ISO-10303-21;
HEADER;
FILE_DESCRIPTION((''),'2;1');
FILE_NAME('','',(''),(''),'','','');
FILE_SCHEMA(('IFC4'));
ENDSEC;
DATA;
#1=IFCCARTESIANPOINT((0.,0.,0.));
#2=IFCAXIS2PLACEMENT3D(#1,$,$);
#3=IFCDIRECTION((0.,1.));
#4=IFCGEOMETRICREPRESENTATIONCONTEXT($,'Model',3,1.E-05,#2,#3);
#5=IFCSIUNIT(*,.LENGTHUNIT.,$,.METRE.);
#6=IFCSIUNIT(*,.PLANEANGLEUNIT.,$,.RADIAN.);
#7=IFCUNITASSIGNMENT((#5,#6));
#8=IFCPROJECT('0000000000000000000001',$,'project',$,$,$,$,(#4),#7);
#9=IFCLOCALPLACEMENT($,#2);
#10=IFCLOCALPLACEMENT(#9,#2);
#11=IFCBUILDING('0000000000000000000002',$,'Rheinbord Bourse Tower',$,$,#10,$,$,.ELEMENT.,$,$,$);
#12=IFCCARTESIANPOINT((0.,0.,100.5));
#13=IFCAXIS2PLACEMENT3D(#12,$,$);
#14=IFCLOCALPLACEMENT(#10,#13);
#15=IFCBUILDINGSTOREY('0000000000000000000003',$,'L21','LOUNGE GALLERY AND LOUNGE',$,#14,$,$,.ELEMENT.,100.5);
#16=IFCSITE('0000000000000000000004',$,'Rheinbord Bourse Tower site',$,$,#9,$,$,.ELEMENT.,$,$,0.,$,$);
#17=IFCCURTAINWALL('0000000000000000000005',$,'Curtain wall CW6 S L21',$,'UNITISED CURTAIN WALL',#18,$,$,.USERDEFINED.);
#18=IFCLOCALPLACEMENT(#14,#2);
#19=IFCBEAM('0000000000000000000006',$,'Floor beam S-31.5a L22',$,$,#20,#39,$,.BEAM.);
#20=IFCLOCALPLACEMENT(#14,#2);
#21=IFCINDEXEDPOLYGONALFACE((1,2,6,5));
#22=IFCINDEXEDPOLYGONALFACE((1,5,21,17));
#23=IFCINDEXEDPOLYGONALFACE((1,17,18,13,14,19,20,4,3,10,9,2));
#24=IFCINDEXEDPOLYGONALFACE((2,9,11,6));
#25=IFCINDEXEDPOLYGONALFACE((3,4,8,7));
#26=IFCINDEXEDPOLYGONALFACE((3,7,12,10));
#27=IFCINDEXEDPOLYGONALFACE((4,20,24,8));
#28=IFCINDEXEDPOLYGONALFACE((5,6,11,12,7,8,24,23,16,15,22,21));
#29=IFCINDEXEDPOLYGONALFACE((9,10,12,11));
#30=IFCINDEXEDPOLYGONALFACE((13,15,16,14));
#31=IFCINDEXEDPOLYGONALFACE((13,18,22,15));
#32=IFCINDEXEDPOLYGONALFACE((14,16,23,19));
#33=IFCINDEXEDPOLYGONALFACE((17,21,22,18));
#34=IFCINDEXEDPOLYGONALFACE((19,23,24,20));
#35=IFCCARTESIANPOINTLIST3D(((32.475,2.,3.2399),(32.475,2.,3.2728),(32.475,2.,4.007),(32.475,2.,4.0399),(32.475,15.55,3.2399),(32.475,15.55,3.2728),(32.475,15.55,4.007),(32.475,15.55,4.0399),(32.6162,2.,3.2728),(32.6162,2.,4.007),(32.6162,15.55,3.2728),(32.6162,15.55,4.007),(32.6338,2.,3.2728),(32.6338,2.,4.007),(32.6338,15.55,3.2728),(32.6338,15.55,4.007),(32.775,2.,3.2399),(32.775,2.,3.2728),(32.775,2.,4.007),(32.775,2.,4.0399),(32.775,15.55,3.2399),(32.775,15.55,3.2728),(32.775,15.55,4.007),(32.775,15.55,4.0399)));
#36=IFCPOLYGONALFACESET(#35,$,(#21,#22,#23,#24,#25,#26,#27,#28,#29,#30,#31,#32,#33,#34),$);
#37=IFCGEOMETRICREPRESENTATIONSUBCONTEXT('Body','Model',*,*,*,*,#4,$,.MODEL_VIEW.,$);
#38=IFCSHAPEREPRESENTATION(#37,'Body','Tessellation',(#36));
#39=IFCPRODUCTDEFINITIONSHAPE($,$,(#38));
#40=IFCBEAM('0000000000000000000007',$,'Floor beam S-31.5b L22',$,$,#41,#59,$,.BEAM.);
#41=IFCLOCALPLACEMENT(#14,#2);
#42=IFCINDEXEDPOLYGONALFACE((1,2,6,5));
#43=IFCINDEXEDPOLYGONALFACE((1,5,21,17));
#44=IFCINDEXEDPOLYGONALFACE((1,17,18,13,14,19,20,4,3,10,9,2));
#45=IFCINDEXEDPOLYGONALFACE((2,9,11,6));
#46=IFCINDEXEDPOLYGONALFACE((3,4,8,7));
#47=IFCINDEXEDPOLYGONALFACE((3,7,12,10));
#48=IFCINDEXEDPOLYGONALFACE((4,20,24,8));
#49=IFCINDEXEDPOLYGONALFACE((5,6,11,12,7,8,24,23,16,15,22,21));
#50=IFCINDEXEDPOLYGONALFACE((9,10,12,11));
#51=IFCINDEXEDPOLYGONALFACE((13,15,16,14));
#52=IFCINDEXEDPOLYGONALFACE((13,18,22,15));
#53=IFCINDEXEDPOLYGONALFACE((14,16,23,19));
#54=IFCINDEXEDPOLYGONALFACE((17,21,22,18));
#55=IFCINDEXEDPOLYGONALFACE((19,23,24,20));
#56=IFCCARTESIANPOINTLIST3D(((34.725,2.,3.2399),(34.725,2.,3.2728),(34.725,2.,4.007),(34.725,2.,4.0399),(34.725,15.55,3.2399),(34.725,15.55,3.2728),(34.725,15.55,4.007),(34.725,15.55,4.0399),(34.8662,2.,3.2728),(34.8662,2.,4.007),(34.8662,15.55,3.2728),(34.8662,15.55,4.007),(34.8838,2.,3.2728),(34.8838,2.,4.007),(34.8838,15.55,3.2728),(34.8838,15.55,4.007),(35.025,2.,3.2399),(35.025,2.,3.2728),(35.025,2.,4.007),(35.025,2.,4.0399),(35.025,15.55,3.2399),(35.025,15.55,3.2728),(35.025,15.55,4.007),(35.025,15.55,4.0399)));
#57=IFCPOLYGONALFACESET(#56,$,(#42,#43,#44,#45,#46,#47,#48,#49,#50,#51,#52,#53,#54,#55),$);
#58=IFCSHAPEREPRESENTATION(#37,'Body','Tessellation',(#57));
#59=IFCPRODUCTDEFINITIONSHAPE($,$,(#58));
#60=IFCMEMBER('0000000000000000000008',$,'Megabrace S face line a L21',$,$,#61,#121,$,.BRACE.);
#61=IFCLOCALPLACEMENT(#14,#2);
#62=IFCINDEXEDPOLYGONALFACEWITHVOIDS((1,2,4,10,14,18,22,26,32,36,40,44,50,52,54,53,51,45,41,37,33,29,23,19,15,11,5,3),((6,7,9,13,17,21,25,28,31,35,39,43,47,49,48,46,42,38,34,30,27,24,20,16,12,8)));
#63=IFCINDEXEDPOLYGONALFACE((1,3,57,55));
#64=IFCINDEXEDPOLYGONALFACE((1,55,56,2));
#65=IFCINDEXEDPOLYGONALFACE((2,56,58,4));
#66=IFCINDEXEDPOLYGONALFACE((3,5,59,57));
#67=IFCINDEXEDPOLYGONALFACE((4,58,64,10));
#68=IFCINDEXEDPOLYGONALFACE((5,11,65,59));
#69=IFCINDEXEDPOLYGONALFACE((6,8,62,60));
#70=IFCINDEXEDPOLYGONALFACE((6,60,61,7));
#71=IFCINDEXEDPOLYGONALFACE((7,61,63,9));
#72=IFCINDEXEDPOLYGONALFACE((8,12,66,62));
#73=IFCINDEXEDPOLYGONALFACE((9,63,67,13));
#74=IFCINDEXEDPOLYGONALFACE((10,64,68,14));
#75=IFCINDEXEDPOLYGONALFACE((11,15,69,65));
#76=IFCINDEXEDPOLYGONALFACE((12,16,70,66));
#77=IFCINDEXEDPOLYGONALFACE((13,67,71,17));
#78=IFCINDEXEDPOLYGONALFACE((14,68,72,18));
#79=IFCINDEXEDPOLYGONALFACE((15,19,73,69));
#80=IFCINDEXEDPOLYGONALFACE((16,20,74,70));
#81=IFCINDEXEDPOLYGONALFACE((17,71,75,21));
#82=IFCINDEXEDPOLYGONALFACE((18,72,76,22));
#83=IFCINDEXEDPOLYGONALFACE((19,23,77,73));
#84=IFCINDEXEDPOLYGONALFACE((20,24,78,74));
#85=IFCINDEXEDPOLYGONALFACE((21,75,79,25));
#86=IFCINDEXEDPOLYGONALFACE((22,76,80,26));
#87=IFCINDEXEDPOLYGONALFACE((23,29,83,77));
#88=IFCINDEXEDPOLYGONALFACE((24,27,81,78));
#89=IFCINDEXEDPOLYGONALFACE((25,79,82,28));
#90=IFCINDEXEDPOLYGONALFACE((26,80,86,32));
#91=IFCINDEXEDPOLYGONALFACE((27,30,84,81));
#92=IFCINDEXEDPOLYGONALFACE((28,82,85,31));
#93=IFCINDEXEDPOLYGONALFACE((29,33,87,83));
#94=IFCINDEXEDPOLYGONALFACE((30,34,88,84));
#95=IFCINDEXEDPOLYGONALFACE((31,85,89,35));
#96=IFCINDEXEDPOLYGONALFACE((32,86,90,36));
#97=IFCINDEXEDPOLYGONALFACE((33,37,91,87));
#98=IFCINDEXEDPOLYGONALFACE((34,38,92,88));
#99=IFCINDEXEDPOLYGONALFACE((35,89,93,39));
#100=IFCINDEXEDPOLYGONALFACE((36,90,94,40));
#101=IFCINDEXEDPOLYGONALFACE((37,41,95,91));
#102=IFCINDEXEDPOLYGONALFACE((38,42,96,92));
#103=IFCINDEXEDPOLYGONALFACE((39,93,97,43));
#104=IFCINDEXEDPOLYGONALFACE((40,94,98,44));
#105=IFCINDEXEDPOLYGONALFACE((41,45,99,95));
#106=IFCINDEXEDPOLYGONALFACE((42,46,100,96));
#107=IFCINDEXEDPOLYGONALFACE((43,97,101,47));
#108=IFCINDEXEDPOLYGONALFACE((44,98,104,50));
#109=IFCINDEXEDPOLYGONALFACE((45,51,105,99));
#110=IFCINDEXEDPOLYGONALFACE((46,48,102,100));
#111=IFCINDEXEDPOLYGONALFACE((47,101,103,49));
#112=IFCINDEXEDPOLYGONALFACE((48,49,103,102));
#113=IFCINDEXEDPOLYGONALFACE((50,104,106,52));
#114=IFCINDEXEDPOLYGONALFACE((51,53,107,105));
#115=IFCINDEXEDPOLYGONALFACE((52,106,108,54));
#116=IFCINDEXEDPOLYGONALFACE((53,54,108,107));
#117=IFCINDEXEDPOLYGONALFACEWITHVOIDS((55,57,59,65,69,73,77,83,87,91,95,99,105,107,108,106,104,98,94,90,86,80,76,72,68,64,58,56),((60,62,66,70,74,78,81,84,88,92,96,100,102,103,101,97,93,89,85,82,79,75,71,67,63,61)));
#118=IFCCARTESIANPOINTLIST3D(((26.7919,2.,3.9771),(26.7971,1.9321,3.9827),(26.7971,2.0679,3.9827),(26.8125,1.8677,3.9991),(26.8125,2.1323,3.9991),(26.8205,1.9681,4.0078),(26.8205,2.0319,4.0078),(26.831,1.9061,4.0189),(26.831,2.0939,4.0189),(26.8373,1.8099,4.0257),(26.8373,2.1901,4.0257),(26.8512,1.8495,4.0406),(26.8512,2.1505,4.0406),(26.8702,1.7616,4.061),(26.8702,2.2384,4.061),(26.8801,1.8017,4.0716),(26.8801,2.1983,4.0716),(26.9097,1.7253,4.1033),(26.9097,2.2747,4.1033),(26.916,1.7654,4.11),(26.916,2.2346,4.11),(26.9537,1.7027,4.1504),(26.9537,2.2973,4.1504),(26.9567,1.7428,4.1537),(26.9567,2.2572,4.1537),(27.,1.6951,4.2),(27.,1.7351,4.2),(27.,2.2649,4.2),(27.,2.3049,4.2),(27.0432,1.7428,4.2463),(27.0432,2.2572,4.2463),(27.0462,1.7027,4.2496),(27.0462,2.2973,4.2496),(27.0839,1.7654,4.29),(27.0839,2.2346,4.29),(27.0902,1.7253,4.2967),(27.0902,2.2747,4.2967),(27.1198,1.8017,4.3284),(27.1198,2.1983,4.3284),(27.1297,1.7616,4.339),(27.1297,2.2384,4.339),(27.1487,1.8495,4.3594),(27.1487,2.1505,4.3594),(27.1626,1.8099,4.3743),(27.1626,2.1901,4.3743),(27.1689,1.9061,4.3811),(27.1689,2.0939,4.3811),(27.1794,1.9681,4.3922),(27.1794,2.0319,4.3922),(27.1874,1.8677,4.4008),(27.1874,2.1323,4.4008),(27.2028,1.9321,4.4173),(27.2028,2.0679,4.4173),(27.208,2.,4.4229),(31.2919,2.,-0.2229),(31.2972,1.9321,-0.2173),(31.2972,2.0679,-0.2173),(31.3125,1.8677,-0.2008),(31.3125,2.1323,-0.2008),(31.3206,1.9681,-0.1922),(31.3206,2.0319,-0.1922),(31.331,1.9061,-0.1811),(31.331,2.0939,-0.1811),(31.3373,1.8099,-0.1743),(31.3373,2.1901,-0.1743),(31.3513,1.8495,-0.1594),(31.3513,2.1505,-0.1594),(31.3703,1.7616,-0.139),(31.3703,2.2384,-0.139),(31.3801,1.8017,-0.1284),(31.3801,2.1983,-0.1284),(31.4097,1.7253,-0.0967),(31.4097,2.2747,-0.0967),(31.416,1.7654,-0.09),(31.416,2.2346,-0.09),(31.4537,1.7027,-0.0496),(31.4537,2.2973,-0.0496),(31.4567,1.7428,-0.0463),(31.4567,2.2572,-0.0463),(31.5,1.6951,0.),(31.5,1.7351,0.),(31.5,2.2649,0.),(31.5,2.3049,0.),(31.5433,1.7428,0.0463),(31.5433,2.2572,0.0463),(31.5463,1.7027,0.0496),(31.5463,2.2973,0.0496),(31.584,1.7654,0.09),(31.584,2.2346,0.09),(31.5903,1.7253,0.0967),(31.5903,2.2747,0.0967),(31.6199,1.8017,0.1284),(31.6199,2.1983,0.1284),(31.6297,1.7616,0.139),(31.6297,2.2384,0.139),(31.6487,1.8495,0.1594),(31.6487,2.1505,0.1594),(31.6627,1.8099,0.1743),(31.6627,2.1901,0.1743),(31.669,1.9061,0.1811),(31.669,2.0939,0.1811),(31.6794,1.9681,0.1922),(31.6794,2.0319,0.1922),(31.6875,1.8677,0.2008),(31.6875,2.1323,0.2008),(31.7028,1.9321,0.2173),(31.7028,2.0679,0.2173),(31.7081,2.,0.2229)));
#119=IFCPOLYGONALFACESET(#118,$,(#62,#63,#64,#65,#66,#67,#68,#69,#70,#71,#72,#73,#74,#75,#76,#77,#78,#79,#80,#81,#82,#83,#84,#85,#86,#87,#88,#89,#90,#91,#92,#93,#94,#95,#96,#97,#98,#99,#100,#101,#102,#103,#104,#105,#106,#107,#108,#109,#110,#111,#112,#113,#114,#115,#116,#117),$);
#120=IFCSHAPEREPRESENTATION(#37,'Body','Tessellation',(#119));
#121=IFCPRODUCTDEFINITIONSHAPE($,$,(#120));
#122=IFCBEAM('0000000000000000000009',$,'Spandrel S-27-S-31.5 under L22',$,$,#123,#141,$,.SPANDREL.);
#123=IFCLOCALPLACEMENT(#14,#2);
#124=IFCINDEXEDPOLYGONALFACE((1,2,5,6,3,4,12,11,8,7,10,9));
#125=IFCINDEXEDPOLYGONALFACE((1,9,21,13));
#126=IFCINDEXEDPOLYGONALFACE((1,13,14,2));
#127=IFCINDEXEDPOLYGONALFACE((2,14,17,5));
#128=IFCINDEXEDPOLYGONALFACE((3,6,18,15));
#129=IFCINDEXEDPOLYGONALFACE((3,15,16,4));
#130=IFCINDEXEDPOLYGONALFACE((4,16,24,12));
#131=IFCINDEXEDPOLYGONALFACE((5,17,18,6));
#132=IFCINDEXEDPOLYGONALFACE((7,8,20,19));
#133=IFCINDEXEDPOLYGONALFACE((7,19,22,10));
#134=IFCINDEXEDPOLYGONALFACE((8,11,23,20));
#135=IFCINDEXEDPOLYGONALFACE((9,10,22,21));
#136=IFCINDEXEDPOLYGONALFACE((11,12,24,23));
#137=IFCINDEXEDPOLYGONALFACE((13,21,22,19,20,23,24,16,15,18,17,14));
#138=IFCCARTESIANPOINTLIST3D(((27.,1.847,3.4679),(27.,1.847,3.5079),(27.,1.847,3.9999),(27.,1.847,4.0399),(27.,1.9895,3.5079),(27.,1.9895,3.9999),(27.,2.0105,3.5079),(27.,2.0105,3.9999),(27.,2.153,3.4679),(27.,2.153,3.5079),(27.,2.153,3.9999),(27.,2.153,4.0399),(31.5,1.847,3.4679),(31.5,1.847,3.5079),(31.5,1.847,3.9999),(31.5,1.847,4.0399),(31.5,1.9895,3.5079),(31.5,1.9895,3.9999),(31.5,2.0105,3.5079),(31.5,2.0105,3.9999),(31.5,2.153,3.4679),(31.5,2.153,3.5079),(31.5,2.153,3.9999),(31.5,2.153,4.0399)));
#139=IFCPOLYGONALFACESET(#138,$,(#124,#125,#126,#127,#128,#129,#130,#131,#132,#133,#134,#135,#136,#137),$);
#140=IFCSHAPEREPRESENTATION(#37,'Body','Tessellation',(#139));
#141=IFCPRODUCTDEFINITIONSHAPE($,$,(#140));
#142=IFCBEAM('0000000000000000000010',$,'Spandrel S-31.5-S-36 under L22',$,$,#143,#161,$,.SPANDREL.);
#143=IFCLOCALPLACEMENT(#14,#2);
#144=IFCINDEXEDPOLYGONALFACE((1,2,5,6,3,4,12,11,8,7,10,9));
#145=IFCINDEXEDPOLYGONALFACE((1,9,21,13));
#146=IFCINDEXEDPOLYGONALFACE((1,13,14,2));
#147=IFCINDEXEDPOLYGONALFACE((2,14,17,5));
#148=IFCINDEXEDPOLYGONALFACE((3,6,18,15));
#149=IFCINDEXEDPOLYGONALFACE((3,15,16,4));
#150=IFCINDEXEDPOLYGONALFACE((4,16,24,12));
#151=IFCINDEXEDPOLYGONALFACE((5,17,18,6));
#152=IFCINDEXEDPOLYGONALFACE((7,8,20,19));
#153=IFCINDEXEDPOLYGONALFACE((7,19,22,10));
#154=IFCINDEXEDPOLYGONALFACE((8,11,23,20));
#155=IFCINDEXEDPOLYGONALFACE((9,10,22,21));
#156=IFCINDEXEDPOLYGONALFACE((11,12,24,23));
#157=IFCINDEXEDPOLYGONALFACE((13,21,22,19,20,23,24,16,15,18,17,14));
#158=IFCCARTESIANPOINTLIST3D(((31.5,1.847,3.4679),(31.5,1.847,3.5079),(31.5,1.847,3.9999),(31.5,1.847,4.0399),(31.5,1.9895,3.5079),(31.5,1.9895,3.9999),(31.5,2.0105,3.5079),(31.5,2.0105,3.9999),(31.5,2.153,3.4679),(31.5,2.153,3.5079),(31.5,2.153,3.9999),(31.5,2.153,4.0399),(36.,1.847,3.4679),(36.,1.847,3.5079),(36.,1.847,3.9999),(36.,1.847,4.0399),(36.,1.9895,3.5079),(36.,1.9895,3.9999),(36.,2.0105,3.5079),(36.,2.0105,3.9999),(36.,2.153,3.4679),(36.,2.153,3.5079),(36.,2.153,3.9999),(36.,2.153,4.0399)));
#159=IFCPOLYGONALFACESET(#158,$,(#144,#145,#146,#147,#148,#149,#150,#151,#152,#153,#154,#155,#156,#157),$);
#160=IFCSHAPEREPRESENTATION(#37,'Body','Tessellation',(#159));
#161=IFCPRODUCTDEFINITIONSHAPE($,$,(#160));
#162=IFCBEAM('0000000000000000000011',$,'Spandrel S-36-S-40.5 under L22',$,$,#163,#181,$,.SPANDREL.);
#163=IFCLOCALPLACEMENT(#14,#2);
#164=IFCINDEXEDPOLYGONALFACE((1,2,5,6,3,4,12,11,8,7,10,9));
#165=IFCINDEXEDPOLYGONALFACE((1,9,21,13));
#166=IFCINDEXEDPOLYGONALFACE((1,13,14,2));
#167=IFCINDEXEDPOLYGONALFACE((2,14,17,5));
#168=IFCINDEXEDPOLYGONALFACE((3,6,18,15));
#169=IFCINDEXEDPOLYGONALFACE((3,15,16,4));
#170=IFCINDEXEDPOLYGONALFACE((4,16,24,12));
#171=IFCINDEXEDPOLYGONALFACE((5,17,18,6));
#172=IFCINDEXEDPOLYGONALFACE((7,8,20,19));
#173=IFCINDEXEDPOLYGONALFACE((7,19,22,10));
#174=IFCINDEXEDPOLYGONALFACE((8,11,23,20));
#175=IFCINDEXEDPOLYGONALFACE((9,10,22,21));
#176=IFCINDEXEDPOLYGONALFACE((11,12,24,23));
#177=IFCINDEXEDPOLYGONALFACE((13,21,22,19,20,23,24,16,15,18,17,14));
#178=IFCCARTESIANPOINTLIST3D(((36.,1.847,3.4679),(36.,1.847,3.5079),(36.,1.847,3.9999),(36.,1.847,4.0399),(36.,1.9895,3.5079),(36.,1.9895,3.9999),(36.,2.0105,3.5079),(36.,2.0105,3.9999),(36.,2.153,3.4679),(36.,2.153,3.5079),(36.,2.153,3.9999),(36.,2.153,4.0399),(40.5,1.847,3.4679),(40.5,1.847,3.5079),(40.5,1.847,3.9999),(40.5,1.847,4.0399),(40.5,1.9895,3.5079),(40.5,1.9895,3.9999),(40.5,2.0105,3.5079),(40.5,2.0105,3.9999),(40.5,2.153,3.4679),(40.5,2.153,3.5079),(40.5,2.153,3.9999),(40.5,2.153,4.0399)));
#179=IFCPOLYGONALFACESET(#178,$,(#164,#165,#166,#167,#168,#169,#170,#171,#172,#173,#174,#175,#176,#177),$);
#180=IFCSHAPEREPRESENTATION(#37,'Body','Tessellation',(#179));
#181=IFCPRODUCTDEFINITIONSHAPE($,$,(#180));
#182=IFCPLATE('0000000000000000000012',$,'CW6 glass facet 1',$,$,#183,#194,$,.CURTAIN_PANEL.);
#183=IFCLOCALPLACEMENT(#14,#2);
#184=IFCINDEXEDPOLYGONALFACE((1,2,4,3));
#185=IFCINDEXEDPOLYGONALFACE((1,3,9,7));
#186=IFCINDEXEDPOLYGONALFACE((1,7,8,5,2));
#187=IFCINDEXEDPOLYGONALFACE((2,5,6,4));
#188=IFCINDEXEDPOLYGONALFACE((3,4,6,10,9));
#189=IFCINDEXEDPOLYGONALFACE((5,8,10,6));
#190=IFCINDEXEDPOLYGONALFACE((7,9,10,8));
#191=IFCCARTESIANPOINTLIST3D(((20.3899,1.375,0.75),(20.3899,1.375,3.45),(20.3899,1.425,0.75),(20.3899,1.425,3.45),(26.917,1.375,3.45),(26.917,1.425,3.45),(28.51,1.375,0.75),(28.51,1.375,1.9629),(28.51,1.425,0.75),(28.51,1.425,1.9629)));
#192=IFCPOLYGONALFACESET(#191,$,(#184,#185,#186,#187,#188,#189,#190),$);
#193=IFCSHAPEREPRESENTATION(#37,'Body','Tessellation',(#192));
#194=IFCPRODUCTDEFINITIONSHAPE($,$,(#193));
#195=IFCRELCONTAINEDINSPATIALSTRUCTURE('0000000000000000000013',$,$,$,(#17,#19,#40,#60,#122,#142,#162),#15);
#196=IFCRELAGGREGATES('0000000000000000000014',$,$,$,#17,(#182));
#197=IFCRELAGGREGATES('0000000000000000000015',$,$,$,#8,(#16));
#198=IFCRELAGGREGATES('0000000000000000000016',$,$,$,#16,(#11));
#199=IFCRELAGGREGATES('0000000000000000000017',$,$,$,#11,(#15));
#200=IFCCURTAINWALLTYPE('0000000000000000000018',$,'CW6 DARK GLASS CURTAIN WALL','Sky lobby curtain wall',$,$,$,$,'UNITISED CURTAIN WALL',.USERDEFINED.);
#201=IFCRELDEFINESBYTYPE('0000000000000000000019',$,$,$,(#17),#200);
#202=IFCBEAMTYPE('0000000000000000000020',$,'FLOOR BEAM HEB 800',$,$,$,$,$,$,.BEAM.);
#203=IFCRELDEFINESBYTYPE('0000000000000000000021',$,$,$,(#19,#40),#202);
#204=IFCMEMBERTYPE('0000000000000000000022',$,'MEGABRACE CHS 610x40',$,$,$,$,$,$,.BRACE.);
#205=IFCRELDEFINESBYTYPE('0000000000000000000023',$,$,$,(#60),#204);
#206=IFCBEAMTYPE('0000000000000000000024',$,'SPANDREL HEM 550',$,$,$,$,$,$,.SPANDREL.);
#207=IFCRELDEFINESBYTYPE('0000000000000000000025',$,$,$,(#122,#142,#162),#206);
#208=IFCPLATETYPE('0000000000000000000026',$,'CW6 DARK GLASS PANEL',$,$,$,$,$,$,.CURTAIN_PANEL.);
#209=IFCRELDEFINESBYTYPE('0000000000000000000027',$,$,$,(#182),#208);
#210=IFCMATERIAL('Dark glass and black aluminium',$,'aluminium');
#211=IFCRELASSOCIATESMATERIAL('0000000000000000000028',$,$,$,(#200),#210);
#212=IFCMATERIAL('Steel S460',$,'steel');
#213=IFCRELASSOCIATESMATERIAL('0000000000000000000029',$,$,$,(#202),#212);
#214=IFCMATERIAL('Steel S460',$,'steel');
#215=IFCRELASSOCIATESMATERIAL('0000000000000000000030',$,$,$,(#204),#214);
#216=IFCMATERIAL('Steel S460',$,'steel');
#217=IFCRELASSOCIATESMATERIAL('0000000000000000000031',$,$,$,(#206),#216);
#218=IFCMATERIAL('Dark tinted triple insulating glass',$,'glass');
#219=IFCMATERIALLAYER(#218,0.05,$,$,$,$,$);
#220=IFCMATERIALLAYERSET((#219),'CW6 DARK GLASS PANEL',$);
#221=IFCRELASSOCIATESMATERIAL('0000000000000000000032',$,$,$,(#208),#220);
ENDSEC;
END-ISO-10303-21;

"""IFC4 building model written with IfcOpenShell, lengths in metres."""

from ifc_helpers import new_model, si_unit, direction, frame, origin, origin_2d, place, context, subcontext, project, spatial, polyline, hollow_circle, i_section, outline, extrude, material, layer, layer_set, material_profile, profile_set, type_object, element, aggregate, save


model = new_model("IFC4")

# Units and contexts
model_context = context("Model", 3, precision=1e-05, world=origin(), true_north=direction((0.0, 1.0)))
body_context = subcontext(model_context, "Body", "Model", "MODEL_VIEW")
ifc_project = project(units=[si_unit("LENGTHUNIT", "METRE"), si_unit("PLANEANGLEUNIT", "RADIAN")], contexts=[model_context])

# Site, building, storey
site_placement = place(None, origin())
site = spatial("IfcSite", under=ifc_project, at=site_placement, Name="Rheinbord Bourse Tower site", CompositionType="ELEMENT", RefElevation=0.0)
building_placement = place(site_placement, origin())
building = spatial("IfcBuilding", under=site, at=building_placement, Name="Rheinbord Bourse Tower", CompositionType="ELEMENT")
storey_placement = place(building_placement, frame((0.0, 0.0, 100.5)))
storey = spatial("IfcBuildingStorey", under=building, at=storey_placement, Name="L21", Description="LOUNGE GALLERY AND LOUNGE", CompositionType="ELEMENT", Elevation=100.5)

# Curtain wall
ifc_material_1 = material(Name="Dark glass and black aluminium", Category="aluminium")
curtain_wall_type = type_object("IfcCurtainWallType", Name="CW6 DARK GLASS CURTAIN WALL", Description="Sky lobby curtain wall", ElementType="UNITISED CURTAIN WALL", PredefinedType="USERDEFINED", material=ifc_material_1)
curtain_wall_placement = place(storey_placement, origin())
curtain_wall = element("IfcCurtainWall", 1, at=curtain_wall_placement, inside=storey, type_object=curtain_wall_type, Name="Curtain wall CW6 S L21", ObjectType="UNITISED CURTAIN WALL", PredefinedType="USERDEFINED")

# Beams
ifc_material_2 = material(Name="Steel S460", Category="steel")
ifc_material_profile_1 = material_profile(ifc_material_2, i_section(OverallWidth=0.3, OverallDepth=0.8, WebThickness=0.0176, FlangeThickness=0.033, at=origin_2d()), Name="HEB 800")
ifc_profile_set_1 = profile_set([ifc_material_profile_1], Name="Steel S460")
beam_type_1 = type_object("IfcBeamType", Name="FLOOR BEAM HEB 800", PredefinedType="BEAM", material=ifc_profile_set_1)
for number, where, z_axis, x_axis, name in (
    (2, (32.625, 2.0, 3.6399), (0.0, 1.0, 0.0), (-1.0, 0.0, 0.0), "Floor beam S-31.5a L22"),
    (3, (34.875, 2.0, 3.6399), (0.0, 1.0, 0.0), (-1.0, 0.0, 0.0), "Floor beam S-31.5b L22"),
):
    element("IfcBeam", number, at=place(storey_placement, frame(where, z_axis=z_axis, x_axis=x_axis)), inside=storey, type_object=beam_type_1, Name=name, PredefinedType="BEAM", context=body_context, shape_type="SweptSolid", body=[
        extrude(i_section(OverallWidth=0.3, OverallDepth=0.8, WebThickness=0.0176, FlangeThickness=0.033, at=origin_2d()), origin(), (0.0, 0.0, 1.0), 13.55),
    ])

# Member
ifc_material_3 = material(Name="Steel S460", Category="steel")
ifc_material_profile_2 = material_profile(ifc_material_3, hollow_circle(Radius=0.3049, WallThickness=0.04, at=origin_2d()), Name="CHS 610x40")
ifc_profile_set_2 = profile_set([ifc_material_profile_2], Name="Steel S460")
member_type_1 = type_object("IfcMemberType", Name="MEGABRACE CHS 610x40", PredefinedType="BRACE", material=ifc_profile_set_2)
member_1_placement = place(storey_placement, frame((31.5, 2.0, 0.0), z_axis=(-0.731059, 0.0, 0.682314), x_axis=(0.0, -1.0, 0.0)))
element("IfcMember", 4, at=member_1_placement, inside=storey, type_object=member_type_1, Name="Megabrace S face line a L21", PredefinedType="BRACE", context=body_context, shape_type="SweptSolid", body=[
    extrude(hollow_circle(Radius=0.3049, WallThickness=0.04, at=origin_2d()), origin(), (0.0, 0.0, 1.0), 6.1555),
])

# Beams
ifc_material_4 = material(Name="Steel S460", Category="steel")
ifc_material_profile_3 = material_profile(ifc_material_4, i_section(OverallWidth=0.3059, OverallDepth=0.572, WebThickness=0.021, FlangeThickness=0.04, at=origin_2d()), Name="HEM 550")
ifc_profile_set_3 = profile_set([ifc_material_profile_3], Name="Steel S460")
beam_type_2 = type_object("IfcBeamType", Name="SPANDREL HEM 550", PredefinedType="SPANDREL", material=ifc_profile_set_3)
for number, where, z_axis, x_axis, name in (
    (5, (27.0, 2.0, 3.7539), (1.0, 0.0, 0.0), (0.0, 1.0, 0.0), "Spandrel S-27-S-31.5 under L22"),
    (6, (31.5, 2.0, 3.7539), (1.0, 0.0, 0.0), (0.0, 1.0, 0.0), "Spandrel S-31.5-S-36 under L22"),
    (7, (36.0, 2.0, 3.7539), (1.0, 0.0, 0.0), (0.0, 1.0, 0.0), "Spandrel S-36-S-40.5 under L22"),
):
    element("IfcBeam", number, at=place(storey_placement, frame(where, z_axis=z_axis, x_axis=x_axis)), inside=storey, type_object=beam_type_2, Name=name, PredefinedType="SPANDREL", context=body_context, shape_type="SweptSolid", body=[
        extrude(i_section(OverallWidth=0.3059, OverallDepth=0.572, WebThickness=0.021, FlangeThickness=0.04, at=origin_2d()), origin(), (0.0, 0.0, 1.0), 4.5),
    ])

# Plate
ifc_material_5 = material(Name="Dark tinted triple insulating glass", Category="glass")
ifc_layer_1 = layer(ifc_material_5, 0.05)
ifc_layer_set_1 = layer_set([ifc_layer_1], Name="CW6 DARK GLASS PANEL")
plate_type = type_object("IfcPlateType", Name="CW6 DARK GLASS PANEL", PredefinedType="CURTAIN_PANEL", material=ifc_layer_set_1)
plate_1_placement = place(storey_placement, frame((28.51, 1.375, 0.75), z_axis=(0.0, 1.0, 0.0), x_axis=(-1.0, 0.0, 0.0)))
plate_1 = element("IfcPlate", 8, at=plate_1_placement, type_object=plate_type, Name="CW6 glass facet 1", PredefinedType="CURTAIN_PANEL", context=body_context, shape_type="SweptSolid", body=[
    extrude(outline(polyline([(0.0, 0.0), (8.1201, 0.0), (8.1201, 2.7), (1.593, 2.7), (0.0, 1.2129), (0.0, 0.0)])), origin(), (0.0, 0.0, 1.0), 0.05),
])
aggregate(curtain_wall, [plate_1])

save(model, "model.ifc")
